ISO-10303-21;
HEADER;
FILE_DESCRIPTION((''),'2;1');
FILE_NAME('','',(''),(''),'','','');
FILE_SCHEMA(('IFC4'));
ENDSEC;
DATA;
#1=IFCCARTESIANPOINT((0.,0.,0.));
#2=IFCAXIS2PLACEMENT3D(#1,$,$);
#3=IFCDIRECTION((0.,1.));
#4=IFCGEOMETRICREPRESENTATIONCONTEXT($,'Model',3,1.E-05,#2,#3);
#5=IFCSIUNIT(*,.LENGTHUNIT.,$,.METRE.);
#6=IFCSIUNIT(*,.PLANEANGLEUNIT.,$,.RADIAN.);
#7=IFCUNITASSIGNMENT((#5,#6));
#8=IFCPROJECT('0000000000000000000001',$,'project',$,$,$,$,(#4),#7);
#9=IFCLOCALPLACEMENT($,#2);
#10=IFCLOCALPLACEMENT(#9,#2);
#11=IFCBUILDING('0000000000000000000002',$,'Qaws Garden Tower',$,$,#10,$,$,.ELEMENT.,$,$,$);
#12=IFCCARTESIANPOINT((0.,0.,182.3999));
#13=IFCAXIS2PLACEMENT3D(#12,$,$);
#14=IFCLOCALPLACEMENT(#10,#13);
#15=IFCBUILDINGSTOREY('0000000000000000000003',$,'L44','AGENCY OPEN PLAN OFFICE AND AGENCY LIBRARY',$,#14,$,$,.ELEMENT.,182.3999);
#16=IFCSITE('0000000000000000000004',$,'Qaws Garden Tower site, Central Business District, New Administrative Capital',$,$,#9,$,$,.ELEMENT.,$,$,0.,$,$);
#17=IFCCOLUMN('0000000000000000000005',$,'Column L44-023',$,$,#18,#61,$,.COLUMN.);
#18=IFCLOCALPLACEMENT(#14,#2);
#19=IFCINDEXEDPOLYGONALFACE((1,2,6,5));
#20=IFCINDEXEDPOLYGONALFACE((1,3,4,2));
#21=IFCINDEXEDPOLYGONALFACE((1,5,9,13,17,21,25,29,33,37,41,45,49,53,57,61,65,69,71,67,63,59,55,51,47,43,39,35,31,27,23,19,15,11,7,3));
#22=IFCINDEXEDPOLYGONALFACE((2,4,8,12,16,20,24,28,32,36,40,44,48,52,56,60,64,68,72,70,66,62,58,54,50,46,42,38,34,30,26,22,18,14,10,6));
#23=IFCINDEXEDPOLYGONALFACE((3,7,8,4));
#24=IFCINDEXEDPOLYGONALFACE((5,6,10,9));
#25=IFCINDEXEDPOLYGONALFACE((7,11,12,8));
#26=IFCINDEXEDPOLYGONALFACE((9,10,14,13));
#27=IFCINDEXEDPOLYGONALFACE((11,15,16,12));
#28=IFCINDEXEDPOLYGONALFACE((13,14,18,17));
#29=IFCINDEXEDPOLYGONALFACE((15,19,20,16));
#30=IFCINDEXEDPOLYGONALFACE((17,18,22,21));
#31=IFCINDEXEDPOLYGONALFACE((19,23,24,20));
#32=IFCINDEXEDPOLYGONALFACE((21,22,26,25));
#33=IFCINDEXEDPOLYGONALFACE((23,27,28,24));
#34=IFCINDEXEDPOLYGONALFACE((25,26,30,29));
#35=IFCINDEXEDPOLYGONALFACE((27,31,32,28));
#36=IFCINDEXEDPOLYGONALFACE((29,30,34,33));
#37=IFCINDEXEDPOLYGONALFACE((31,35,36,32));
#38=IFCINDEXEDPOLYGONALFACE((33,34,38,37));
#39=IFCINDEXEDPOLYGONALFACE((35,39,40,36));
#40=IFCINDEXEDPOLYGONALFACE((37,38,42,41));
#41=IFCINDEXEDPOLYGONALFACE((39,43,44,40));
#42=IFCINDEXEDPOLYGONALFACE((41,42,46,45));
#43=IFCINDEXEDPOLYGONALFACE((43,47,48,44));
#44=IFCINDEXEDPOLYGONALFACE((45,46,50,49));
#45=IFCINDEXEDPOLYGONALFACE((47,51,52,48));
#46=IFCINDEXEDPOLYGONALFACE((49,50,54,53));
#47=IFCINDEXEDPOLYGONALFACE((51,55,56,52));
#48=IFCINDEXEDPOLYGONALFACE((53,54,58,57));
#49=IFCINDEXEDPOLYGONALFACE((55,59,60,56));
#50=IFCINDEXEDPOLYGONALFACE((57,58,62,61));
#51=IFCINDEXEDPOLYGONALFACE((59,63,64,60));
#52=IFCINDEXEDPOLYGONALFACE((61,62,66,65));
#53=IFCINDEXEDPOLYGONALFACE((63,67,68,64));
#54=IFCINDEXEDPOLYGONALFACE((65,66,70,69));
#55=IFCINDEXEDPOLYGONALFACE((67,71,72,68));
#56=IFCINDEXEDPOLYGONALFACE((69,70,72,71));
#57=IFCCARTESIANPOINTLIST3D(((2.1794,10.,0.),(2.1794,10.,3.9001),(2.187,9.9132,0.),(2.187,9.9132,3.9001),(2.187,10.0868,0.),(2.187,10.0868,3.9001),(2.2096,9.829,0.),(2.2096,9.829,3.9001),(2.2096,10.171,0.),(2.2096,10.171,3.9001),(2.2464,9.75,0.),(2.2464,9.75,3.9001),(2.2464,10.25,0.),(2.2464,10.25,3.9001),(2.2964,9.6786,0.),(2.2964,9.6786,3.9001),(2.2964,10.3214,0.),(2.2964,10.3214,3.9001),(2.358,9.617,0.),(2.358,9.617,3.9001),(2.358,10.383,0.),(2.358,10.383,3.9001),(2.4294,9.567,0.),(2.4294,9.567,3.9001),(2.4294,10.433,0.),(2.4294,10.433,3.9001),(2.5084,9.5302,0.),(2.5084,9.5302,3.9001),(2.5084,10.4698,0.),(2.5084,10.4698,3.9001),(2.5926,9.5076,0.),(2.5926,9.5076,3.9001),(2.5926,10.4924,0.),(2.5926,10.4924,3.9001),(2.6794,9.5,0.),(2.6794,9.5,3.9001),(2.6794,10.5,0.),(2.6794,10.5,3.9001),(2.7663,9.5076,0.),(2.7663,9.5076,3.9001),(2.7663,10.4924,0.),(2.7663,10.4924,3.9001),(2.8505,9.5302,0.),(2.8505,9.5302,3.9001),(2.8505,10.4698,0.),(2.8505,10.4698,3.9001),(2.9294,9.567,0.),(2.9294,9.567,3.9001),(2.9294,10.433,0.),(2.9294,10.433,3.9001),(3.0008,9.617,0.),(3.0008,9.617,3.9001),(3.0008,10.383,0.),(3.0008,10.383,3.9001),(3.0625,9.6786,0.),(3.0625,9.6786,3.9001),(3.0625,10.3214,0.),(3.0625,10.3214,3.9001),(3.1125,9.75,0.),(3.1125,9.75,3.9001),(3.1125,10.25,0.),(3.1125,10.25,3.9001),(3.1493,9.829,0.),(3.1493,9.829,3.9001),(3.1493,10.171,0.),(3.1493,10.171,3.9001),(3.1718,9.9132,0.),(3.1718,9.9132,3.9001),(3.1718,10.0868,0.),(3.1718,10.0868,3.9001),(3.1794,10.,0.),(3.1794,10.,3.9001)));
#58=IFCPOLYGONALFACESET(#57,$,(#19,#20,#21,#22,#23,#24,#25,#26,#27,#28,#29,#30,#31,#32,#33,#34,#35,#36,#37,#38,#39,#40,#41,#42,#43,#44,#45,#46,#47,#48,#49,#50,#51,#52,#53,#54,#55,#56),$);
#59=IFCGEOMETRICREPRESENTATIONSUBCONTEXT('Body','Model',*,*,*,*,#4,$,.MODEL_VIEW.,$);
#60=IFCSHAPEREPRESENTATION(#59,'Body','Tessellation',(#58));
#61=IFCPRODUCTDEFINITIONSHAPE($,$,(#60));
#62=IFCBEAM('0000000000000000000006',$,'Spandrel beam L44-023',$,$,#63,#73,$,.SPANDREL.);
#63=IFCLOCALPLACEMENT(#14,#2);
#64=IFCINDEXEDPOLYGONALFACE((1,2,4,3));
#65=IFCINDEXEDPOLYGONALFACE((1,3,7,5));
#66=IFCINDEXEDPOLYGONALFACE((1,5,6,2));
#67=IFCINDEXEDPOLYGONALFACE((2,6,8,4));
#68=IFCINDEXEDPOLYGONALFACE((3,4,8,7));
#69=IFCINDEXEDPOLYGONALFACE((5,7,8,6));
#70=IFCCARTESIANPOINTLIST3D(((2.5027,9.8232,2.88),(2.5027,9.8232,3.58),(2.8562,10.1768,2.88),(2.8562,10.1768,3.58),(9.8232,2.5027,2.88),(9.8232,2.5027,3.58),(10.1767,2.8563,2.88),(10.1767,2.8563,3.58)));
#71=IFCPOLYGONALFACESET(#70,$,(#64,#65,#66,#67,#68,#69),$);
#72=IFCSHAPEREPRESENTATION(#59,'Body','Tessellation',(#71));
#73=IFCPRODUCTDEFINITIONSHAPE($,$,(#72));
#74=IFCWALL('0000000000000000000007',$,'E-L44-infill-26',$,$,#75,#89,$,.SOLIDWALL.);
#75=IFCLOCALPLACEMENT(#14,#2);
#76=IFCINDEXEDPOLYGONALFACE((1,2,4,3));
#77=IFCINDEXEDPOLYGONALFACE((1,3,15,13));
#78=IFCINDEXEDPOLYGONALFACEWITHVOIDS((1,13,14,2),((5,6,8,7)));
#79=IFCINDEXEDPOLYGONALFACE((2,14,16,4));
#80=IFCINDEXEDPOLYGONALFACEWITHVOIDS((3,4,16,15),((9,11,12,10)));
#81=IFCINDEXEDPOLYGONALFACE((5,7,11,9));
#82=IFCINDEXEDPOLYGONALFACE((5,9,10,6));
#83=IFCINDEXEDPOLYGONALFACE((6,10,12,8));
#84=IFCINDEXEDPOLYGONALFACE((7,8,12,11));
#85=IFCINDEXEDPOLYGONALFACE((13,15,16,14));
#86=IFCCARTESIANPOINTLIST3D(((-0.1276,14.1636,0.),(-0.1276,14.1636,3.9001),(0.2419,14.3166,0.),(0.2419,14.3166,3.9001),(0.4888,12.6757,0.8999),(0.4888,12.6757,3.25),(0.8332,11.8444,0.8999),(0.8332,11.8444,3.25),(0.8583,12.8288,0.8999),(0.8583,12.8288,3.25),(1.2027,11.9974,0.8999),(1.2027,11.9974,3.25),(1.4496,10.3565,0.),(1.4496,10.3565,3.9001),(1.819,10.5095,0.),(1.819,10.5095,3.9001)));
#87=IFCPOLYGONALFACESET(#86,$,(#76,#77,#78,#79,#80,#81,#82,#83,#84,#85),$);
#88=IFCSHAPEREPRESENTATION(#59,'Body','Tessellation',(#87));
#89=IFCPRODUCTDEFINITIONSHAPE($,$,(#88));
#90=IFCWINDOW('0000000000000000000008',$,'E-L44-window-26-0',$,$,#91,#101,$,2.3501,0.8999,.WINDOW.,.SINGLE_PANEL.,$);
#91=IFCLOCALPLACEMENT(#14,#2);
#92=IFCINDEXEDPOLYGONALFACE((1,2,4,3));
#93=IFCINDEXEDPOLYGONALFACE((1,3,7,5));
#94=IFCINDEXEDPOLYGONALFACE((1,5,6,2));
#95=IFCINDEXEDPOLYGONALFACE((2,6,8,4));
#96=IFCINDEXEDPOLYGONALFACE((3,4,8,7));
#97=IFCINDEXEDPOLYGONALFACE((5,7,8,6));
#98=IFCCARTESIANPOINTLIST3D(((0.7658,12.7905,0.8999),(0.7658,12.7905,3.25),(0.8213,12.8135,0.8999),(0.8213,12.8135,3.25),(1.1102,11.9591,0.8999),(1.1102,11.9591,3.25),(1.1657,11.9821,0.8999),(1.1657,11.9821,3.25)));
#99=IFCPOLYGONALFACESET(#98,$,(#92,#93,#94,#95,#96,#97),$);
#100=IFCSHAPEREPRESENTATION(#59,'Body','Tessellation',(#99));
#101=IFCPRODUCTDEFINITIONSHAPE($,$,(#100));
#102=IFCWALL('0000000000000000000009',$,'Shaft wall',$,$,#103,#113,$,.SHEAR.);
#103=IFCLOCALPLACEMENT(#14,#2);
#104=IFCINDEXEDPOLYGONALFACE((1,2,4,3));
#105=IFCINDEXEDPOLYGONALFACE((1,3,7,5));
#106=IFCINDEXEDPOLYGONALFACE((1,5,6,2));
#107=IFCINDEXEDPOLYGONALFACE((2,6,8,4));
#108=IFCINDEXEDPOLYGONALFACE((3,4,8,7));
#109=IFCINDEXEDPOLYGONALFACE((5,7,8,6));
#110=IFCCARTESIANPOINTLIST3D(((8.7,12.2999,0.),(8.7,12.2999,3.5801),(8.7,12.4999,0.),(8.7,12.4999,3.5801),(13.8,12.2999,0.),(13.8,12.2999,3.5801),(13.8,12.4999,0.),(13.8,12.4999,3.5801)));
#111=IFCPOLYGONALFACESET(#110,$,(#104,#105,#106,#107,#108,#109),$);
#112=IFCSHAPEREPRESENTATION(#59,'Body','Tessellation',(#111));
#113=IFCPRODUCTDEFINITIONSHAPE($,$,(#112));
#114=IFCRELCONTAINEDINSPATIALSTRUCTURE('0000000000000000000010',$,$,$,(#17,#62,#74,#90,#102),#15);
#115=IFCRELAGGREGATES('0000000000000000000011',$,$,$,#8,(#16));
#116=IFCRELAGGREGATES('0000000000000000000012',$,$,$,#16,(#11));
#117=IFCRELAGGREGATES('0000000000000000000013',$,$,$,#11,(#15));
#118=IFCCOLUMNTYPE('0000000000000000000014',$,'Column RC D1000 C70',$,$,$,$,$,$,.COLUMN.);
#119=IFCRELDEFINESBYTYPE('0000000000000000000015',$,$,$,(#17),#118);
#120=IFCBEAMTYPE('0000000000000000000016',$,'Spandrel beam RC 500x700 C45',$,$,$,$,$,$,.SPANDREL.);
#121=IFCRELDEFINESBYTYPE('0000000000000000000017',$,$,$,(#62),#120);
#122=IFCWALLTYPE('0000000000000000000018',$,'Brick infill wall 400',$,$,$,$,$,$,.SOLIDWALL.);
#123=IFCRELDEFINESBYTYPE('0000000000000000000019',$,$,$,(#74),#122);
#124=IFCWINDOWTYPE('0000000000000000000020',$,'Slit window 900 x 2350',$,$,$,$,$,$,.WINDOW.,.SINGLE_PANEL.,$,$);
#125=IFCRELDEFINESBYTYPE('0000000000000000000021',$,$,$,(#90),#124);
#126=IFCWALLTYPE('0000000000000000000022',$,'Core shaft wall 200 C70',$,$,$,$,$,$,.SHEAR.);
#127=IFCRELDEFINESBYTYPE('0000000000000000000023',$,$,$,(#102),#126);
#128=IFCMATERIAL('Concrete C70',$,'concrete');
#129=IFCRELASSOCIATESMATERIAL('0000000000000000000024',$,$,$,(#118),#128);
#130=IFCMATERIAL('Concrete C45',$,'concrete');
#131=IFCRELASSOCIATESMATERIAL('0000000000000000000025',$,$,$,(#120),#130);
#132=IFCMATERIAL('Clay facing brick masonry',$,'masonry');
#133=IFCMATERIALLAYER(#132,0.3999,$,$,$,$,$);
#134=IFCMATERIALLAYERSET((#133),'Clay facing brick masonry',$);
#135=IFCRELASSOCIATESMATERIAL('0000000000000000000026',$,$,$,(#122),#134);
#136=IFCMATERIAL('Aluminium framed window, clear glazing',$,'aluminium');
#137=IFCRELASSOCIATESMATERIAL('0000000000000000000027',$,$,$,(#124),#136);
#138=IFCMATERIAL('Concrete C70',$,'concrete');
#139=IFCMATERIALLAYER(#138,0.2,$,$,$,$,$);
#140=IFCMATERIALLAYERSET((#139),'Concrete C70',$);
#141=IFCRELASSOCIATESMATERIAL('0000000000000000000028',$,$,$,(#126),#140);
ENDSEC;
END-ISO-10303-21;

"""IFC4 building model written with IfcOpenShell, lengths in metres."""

from ifc_helpers import new_model, si_unit, direction, frame, frame_2d, origin, origin_2d, place, context, subcontext, project, spatial, rectangle, circle, extrude, material, layer, layer_set, material_profile, profile_set, type_object, element, fill, save


model = new_model("IFC4")

# Units and contexts
model_context = context("Model", 3, precision=1e-05, world=origin(), true_north=direction((0.0, 1.0)))
body_context = subcontext(model_context, "Body", "Model", "MODEL_VIEW")
ifc_project = project(units=[si_unit("LENGTHUNIT", "METRE"), si_unit("PLANEANGLEUNIT", "RADIAN")], contexts=[model_context])

# Site, building, storey
site_placement = place(None, origin())
site = spatial("IfcSite", under=ifc_project, at=site_placement, Name="Qaws Garden Tower site, Central Business District, New Administrative Capital", CompositionType="ELEMENT", RefElevation=0.0)
building_placement = place(site_placement, origin())
building = spatial("IfcBuilding", under=site, at=building_placement, Name="Qaws Garden Tower", CompositionType="ELEMENT")
storey_placement = place(building_placement, frame((0.0, 0.0, 182.3999)))
storey = spatial("IfcBuildingStorey", under=building, at=storey_placement, Name="L44", Description="AGENCY OPEN PLAN OFFICE AND AGENCY LIBRARY", CompositionType="ELEMENT", Elevation=182.3999)

# Column
ifc_material_1 = material(Name="Concrete C70", Category="concrete")
ifc_material_profile_1 = material_profile(ifc_material_1, circle(Radius=0.5, at=origin_2d()), Name="RC D1000")
ifc_profile_set_1 = profile_set([ifc_material_profile_1], Name="Concrete C70")
column_type = type_object("IfcColumnType", Name="Column RC D1000 C70", PredefinedType="COLUMN", material=ifc_profile_set_1)
column_placement = place(storey_placement, frame((2.6794, 10.0, 0.0), z_axis=(0.0, 0.0, 1.0), x_axis=(1.0, 0.0, 0.0)))
element("IfcColumn", 1, at=column_placement, inside=storey, type_object=column_type, Name="Column L44-023", PredefinedType="COLUMN", context=body_context, shape_type="SweptSolid", body=[
    extrude(circle(Radius=0.5, at=origin_2d()), origin(), (0.0, 0.0, 1.0), 3.9001),
])

# Beam
ifc_material_2 = material(Name="Concrete C45", Category="concrete")
ifc_material_profile_2 = material_profile(ifc_material_2, rectangle(XDim=0.5, YDim=0.7, at=origin_2d()), Name="RC 500x700")
ifc_profile_set_2 = profile_set([ifc_material_profile_2], Name="Concrete C45")
beam_type = type_object("IfcBeamType", Name="Spandrel beam RC 500x700 C45", PredefinedType="SPANDREL", material=ifc_profile_set_2)
beam_placement = place(storey_placement, frame((2.6794, 10.0, 3.23), z_axis=(0.707107, -0.707107, 0.0), x_axis=(0.707107, 0.707107, 0.0)))
element("IfcBeam", 2, at=beam_placement, inside=storey, type_object=beam_type, Name="Spandrel beam L44-023", PredefinedType="SPANDREL", context=body_context, shape_type="SweptSolid", body=[
    extrude(rectangle(XDim=0.5, YDim=0.7, at=origin_2d()), origin(), (0.0, 0.0, 1.0), 10.3528),
])

# Wall, opening, window
ifc_material_3 = material(Name="Clay facing brick masonry", Category="masonry")
ifc_layer_1 = layer(ifc_material_3, 0.3999)
ifc_layer_set_1 = layer_set([ifc_layer_1], Name="Clay facing brick masonry")
wall_type_1 = type_object("IfcWallType", Name="Brick infill wall 400", PredefinedType="SOLIDWALL", material=ifc_layer_set_1)
wall_1_placement = place(storey_placement, frame((0.0571, 14.2402, 0.0), z_axis=(0.0, 0.0, 1.0), x_axis=(0.382722, -0.923864, 0.0)))
wall_1 = element("IfcWall", 3, at=wall_1_placement, inside=storey, type_object=wall_type_1, Name="E-L44-infill-26", PredefinedType="SOLIDWALL", context=body_context, shape_type="SweptSolid", body=[
    extrude(rectangle(XDim=4.1208, YDim=0.3999, at=frame_2d((2.0605, 0.0))), origin(), (0.0, 0.0, 1.0), 3.9001),
])
opening_1_placement = place(wall_1_placement, frame((1.6106, 0.0, 0.8999)))
opening_1 = element("IfcOpeningElement", 4, at=opening_1_placement, cuts=wall_1, PredefinedType="OPENING", context=body_context, shape_type="SweptSolid", body=[
    extrude(rectangle(XDim=0.8999, YDim=2.3501, at=frame_2d((0.45, 1.175))), frame((0.0, 0.21, 0.0), z_axis=(0.0, -1.0, 0.0), x_axis=(1.0, 0.0, 0.0)), (0.0, 0.0, 1.0), 0.4199),
])
ifc_material_4 = material(Name="Aluminium framed window, clear glazing", Category="aluminium")
window_type = type_object("IfcWindowType", Name="Slit window 900 x 2350", PartitioningType="SINGLE_PANEL", PredefinedType="WINDOW", material=ifc_material_4)
window_placement = place(opening_1_placement, origin())
window = element("IfcWindow", 5, at=window_placement, inside=storey, type_object=window_type, Name="E-L44-window-26-0", OverallHeight=2.3501, OverallWidth=0.8999, PartitioningType="SINGLE_PANEL", PredefinedType="WINDOW", context=body_context, shape_type="SweptSolid", body=[
    extrude(rectangle(XDim=0.8999, YDim=2.3501, at=frame_2d((0.45, 1.175))), frame((0.0, 0.1599, 0.0), z_axis=(0.0, -1.0, 0.0), x_axis=(1.0, 0.0, 0.0)), (0.0, 0.0, 1.0), 0.0601),
])
fill(opening_1, window)

# Wall
ifc_material_5 = material(Name="Concrete C70", Category="concrete")
ifc_layer_2 = layer(ifc_material_5, 0.2)
ifc_layer_set_2 = layer_set([ifc_layer_2], Name="Concrete C70")
wall_type_2 = type_object("IfcWallType", Name="Core shaft wall 200 C70", PredefinedType="SHEAR", material=ifc_layer_set_2)
wall_2_placement = place(storey_placement, frame((8.7, 12.3999, 0.0), z_axis=(0.0, 0.0, 1.0), x_axis=(1.0, 0.0, 0.0)))
element("IfcWall", 6, at=wall_2_placement, inside=storey, type_object=wall_type_2, Name="Shaft wall", PredefinedType="SHEAR", context=body_context, shape_type="SweptSolid", body=[
    extrude(rectangle(XDim=5.1001, YDim=0.2, at=frame_2d((2.55, 0.0))), origin(), (0.0, 0.0, 1.0), 3.5801),
])

save(model, "model.ifc")
